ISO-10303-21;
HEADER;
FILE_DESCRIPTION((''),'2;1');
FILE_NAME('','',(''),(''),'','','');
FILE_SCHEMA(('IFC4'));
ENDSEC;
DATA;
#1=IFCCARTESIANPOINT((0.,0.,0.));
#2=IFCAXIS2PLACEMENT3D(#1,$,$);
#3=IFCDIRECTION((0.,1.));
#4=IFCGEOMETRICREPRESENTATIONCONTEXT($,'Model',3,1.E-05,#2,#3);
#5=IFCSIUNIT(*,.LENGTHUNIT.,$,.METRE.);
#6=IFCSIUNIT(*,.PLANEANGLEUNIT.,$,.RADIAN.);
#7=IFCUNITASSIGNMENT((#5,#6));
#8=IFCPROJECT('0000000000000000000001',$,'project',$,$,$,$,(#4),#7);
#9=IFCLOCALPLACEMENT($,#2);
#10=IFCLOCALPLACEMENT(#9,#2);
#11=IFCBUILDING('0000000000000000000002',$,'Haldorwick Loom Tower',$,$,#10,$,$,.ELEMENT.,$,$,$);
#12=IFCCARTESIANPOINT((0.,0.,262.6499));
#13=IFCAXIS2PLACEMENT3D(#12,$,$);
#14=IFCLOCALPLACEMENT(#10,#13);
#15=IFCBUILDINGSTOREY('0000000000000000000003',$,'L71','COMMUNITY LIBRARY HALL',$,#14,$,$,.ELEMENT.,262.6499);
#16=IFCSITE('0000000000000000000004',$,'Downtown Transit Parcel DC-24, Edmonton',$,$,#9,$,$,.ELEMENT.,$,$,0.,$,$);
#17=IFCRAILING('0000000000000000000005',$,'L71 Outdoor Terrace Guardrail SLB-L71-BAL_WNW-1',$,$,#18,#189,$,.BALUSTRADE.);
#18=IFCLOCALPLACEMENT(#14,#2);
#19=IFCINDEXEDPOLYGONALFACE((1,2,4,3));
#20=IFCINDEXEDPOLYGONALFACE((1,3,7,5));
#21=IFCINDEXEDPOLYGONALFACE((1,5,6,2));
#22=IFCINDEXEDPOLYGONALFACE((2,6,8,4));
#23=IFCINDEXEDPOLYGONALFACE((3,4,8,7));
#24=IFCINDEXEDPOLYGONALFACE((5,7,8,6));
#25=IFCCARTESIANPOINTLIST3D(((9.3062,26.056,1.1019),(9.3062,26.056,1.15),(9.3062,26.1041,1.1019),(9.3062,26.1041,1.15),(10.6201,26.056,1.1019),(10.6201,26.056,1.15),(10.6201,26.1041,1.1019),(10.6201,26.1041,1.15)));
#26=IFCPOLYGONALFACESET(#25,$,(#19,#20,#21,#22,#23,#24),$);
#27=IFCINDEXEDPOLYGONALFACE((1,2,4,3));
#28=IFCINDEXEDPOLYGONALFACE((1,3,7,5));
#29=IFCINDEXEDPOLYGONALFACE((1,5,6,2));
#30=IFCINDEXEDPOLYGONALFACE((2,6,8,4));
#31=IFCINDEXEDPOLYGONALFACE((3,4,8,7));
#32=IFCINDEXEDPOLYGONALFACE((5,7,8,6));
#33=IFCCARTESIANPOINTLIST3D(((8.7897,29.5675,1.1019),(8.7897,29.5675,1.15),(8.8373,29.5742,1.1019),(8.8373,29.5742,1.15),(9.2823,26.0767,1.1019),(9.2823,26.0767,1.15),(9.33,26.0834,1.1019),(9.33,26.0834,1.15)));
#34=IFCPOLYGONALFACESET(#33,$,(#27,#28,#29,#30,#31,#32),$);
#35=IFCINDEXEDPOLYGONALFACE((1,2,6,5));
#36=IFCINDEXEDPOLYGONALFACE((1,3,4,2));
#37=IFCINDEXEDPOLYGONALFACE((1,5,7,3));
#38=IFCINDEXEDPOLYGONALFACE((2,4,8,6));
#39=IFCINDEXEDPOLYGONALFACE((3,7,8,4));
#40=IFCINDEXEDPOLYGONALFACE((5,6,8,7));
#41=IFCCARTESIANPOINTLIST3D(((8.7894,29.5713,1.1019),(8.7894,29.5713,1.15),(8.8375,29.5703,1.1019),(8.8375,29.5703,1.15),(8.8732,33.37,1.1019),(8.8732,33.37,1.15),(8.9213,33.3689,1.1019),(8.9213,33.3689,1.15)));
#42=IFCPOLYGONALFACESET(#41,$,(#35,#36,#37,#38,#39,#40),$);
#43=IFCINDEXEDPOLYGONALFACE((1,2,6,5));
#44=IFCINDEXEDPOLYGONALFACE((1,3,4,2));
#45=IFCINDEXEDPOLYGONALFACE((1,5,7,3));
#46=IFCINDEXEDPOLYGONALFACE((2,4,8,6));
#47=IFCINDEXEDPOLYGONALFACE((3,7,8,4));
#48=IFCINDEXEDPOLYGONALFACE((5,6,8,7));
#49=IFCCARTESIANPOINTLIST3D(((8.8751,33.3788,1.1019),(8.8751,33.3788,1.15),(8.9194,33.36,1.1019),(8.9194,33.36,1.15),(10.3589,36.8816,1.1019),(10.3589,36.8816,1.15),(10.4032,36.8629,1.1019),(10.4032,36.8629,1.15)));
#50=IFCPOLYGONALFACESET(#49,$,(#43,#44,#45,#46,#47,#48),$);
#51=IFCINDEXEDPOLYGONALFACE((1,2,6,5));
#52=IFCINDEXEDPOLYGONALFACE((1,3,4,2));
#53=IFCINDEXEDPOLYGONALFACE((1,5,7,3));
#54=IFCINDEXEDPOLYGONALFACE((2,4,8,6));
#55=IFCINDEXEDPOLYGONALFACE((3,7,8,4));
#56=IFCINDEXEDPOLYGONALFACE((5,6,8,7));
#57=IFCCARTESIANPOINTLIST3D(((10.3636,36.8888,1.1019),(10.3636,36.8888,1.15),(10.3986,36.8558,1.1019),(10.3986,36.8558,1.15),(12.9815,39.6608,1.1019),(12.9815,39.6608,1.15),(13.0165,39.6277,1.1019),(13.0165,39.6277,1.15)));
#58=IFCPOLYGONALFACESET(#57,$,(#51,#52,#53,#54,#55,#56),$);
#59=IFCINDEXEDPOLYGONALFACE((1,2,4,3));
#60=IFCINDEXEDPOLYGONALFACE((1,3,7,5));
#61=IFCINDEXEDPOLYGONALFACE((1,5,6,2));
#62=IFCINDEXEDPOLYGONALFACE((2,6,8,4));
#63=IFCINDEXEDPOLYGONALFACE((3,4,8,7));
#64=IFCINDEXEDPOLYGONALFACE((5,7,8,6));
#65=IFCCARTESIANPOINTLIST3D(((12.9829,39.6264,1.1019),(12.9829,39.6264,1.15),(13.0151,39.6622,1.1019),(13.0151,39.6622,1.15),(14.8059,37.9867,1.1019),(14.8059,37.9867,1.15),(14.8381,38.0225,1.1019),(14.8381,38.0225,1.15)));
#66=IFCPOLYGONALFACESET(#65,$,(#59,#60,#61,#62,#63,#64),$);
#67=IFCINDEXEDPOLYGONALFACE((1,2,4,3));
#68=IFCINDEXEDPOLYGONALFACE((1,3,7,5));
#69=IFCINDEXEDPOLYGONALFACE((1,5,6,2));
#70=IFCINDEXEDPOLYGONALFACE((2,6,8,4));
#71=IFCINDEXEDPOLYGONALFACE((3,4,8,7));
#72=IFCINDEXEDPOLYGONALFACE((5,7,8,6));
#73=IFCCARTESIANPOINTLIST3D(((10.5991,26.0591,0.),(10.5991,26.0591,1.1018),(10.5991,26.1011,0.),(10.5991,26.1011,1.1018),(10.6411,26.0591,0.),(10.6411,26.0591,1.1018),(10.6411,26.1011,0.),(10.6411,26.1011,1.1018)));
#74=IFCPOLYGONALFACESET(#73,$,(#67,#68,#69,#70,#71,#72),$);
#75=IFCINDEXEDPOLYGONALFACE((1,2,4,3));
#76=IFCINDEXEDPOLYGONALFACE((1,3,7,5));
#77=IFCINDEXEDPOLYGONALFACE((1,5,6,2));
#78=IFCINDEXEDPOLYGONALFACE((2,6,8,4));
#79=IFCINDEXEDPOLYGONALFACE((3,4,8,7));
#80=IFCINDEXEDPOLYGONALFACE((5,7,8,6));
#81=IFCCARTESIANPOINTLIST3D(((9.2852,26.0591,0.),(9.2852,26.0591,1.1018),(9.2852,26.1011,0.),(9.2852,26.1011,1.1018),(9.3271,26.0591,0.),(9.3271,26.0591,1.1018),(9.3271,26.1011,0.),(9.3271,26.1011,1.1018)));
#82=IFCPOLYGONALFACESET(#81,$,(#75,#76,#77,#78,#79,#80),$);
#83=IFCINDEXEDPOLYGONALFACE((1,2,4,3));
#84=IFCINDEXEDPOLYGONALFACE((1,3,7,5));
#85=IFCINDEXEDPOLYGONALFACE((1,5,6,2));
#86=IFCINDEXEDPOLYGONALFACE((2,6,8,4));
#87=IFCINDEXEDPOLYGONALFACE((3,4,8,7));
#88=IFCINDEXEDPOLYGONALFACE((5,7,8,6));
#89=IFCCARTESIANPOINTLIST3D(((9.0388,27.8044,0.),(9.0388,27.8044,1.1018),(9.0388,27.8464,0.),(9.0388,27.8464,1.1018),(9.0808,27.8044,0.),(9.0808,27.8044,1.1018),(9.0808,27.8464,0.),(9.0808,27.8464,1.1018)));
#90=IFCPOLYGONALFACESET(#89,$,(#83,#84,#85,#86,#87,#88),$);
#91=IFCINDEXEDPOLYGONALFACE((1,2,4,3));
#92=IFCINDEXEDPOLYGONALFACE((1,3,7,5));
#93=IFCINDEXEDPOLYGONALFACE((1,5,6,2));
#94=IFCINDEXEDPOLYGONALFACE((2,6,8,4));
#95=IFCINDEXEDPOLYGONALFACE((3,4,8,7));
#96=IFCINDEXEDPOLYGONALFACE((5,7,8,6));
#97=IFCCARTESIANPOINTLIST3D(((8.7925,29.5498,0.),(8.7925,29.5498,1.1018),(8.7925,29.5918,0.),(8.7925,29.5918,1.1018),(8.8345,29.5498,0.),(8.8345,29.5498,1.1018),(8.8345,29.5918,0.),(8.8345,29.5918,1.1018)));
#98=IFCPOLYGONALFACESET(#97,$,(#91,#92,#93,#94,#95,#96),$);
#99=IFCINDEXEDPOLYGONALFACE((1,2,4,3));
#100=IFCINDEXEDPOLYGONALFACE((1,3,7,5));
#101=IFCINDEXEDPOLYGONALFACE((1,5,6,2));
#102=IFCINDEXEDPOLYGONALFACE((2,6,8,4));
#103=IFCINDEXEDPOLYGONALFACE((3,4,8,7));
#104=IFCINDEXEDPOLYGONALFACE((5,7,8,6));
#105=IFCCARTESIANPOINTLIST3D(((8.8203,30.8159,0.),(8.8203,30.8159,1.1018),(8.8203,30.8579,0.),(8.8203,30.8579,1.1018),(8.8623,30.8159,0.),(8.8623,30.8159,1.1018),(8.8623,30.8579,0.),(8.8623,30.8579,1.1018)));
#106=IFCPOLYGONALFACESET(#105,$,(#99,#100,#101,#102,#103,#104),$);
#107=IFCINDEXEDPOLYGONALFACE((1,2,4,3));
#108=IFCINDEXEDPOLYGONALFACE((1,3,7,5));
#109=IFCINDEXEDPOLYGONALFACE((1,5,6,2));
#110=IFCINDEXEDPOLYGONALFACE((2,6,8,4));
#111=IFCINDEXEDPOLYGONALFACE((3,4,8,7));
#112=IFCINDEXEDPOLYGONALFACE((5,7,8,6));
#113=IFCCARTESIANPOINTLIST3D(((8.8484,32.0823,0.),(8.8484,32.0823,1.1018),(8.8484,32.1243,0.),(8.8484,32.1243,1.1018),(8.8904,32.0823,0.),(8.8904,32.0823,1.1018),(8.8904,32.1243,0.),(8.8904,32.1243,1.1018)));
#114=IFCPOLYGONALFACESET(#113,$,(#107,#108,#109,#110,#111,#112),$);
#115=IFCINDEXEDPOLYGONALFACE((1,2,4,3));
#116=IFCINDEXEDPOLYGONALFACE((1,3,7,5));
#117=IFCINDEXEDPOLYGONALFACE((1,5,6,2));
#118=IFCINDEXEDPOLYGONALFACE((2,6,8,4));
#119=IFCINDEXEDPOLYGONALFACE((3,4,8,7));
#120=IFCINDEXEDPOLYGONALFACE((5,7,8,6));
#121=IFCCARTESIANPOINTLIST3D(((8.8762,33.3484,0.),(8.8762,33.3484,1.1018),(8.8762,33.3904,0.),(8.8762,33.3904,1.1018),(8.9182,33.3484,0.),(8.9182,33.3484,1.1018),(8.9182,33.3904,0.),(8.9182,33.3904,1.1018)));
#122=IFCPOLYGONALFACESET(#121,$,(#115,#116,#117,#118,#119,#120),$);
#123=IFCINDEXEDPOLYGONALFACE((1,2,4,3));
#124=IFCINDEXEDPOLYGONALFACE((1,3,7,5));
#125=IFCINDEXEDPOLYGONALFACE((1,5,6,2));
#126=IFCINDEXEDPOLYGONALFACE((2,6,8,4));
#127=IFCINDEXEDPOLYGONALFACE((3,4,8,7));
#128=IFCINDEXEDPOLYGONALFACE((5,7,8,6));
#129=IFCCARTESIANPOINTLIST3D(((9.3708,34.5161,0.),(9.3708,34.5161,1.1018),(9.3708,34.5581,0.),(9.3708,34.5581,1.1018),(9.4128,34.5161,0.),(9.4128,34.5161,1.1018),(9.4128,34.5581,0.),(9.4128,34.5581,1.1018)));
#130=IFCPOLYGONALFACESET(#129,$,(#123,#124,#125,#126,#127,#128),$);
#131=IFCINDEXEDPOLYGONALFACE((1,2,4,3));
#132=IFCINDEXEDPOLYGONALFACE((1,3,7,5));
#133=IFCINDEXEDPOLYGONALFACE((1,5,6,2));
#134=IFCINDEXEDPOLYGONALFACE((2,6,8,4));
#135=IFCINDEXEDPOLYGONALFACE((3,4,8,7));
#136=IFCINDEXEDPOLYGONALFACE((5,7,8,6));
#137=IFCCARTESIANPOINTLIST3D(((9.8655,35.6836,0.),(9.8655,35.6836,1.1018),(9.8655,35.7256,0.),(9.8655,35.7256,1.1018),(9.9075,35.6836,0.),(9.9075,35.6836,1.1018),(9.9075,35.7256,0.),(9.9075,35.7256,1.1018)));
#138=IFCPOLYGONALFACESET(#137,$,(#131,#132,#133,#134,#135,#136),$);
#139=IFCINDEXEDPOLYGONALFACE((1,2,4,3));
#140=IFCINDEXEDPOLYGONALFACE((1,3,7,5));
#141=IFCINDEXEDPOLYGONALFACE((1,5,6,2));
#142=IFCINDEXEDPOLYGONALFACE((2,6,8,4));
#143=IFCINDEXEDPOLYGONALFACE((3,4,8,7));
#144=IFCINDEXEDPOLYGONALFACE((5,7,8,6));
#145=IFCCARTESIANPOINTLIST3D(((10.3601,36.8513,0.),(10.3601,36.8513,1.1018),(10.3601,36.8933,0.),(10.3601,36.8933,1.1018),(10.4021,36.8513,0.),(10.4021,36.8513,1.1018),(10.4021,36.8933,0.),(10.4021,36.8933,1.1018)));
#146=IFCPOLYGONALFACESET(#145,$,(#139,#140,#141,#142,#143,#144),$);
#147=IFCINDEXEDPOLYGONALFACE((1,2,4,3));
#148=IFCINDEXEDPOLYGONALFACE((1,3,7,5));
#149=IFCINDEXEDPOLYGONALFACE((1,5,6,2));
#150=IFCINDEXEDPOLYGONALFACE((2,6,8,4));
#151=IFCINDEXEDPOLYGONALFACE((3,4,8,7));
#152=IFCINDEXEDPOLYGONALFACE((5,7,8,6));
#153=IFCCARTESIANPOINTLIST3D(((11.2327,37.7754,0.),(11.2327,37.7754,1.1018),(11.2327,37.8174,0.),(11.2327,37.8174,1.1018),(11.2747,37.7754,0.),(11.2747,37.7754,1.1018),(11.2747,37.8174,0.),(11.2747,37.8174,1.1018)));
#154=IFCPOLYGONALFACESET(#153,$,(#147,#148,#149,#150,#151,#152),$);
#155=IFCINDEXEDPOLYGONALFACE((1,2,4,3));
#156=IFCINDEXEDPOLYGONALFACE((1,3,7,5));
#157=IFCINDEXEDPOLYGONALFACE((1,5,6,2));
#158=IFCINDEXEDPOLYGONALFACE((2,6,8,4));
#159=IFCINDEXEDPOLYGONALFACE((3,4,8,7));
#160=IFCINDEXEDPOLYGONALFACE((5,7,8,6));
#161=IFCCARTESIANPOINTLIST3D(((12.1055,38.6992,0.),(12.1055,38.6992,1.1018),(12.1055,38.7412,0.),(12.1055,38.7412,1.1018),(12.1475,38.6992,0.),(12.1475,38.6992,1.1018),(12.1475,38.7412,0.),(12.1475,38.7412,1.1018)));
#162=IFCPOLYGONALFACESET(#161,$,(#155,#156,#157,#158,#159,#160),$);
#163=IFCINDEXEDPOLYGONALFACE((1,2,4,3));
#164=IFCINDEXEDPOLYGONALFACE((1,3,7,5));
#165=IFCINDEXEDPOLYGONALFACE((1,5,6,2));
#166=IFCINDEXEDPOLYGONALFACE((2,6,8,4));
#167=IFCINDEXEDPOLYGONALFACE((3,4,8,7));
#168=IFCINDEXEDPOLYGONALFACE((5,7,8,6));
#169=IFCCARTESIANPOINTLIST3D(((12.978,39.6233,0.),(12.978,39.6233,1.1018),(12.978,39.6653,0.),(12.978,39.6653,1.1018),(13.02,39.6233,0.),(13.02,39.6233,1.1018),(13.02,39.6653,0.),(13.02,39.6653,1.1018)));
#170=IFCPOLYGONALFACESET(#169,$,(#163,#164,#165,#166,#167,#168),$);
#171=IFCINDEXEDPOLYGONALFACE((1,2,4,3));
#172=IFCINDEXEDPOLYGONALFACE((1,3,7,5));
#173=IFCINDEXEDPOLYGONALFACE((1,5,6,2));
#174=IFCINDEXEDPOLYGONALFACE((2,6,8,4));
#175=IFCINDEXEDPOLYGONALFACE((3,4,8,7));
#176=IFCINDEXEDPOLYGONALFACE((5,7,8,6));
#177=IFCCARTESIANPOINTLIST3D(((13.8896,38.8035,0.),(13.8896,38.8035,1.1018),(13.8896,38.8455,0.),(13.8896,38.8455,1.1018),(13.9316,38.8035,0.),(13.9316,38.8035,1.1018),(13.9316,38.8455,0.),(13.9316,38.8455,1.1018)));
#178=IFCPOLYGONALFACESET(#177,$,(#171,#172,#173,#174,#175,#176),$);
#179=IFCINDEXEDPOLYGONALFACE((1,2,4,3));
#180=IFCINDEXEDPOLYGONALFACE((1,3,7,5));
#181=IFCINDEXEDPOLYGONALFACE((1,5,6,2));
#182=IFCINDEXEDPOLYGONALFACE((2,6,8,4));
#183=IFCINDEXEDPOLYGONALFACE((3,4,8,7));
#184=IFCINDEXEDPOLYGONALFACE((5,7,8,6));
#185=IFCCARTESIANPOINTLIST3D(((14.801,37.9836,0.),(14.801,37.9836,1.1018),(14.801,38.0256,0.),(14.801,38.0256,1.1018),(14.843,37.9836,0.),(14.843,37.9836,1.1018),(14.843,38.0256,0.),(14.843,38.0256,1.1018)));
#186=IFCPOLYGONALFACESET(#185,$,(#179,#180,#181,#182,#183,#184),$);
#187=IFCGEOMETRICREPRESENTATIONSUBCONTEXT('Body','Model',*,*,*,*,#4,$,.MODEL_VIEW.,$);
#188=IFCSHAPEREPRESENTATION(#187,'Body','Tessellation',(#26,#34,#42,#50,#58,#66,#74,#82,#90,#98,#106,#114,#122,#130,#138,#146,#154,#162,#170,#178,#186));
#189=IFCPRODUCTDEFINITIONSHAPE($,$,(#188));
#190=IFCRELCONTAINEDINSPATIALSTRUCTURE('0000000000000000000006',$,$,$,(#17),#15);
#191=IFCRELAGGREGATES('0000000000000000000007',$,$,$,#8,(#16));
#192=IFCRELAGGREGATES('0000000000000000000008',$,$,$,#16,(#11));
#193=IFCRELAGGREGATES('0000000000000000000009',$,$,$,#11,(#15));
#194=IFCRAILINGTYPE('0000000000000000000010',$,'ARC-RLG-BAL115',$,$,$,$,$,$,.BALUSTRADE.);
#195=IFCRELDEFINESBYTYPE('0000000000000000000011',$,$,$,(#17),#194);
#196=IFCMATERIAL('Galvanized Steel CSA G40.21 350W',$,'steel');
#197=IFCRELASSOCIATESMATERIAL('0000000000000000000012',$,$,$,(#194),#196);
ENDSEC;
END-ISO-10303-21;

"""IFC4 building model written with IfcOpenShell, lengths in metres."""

from ifc_helpers import new_model, si_unit, direction, frame, origin, origin_2d, place, context, subcontext, project, spatial, rectangle, extrude, material, type_object, element, save


model = new_model("IFC4")

# Units and contexts
model_context = context("Model", 3, precision=1e-05, world=origin(), true_north=direction((0.0, 1.0)))
body_context = subcontext(model_context, "Body", "Model", "MODEL_VIEW")
ifc_project = project(units=[si_unit("LENGTHUNIT", "METRE"), si_unit("PLANEANGLEUNIT", "RADIAN")], contexts=[model_context])

# Site, building, storey
site_placement = place(None, origin())
site = spatial("IfcSite", under=ifc_project, at=site_placement, Name="Downtown Transit Parcel DC-24, Edmonton", CompositionType="ELEMENT", RefElevation=0.0)
building_placement = place(site_placement, origin())
building = spatial("IfcBuilding", under=site, at=building_placement, Name="Haldorwick Loom Tower", CompositionType="ELEMENT")
storey_placement = place(building_placement, frame((0.0, 0.0, 262.6499)))
storey = spatial("IfcBuildingStorey", under=building, at=storey_placement, Name="L71", Description="COMMUNITY LIBRARY HALL", CompositionType="ELEMENT", Elevation=262.6499)

# Railing
ifc_material_1 = material(Name="Galvanized Steel CSA G40.21 350W", Category="steel")
railing_type = type_object("IfcRailingType", Name="ARC-RLG-BAL115", PredefinedType="BALUSTRADE", material=ifc_material_1)
railing_placement = place(storey_placement, frame((10.6201, 26.0801, 0.0)))
element("IfcRailing", 1, at=railing_placement, inside=storey, type_object=railing_type, Name="L71 Outdoor Terrace Guardrail SLB-L71-BAL_WNW-1", PredefinedType="BALUSTRADE", context=body_context, shape_type="SweptSolid", body=[
    extrude(rectangle(XDim=0.0481, YDim=0.0481, at=origin_2d()), frame((0.0, 0.0, 1.126), z_axis=(-1.0, 0.0, 0.0), x_axis=(0.0, -1.0, 0.0)), (0.0, 0.0, 1.0), 1.314),
    extrude(rectangle(XDim=0.0481, YDim=0.0481, at=origin_2d()), frame((-1.314, 0.0, 1.126), z_axis=(-0.139754, 0.990186, 0.0), x_axis=(-0.990186, -0.139754, 0.0)), (0.0, 0.0, 1.0), 3.5254),
    extrude(rectangle(XDim=0.0481, YDim=0.0481, at=origin_2d()), frame((-1.8066, 3.4907, 1.126), z_axis=(0.02204, 0.999757, 0.0), x_axis=(-0.999757, 0.02204, 0.0)), (0.0, 0.0, 1.0), 3.7996),
    extrude(rectangle(XDim=0.0481, YDim=0.0481, at=origin_2d()), frame((-1.7229, 7.2893, 1.126), z_axis=(0.390059, 0.92079, 0.0), x_axis=(-0.92079, 0.390059, 0.0)), (0.0, 0.0, 1.0), 3.8042),
    extrude(rectangle(XDim=0.0481, YDim=0.0481, at=origin_2d()), frame((-0.239, 10.7922, 1.126), z_axis=(0.686616, 0.72702, 0.0), x_axis=(-0.72702, 0.686616, 0.0)), (0.0, 0.0, 1.0), 3.8127),
    extrude(rectangle(XDim=0.0481, YDim=0.0481, at=origin_2d()), frame((2.3789, 13.5642, 1.126), z_axis=(0.743507, -0.668728, 0.0), x_axis=(0.668728, 0.743507, 0.0)), (0.0, 0.0, 1.0), 2.4519),
    extrude(rectangle(XDim=0.042, YDim=0.042, at=origin_2d()), origin(), (0.0, 0.0, 1.0), 1.1018),
    extrude(rectangle(XDim=0.042, YDim=0.042, at=origin_2d()), frame((-1.314, 0.0, 0.0)), (0.0, 0.0, 1.0), 1.1018),
    extrude(rectangle(XDim=0.042, YDim=0.042, at=origin_2d()), frame((-1.5603, 1.7454, 0.0)), (0.0, 0.0, 1.0), 1.1018),
    extrude(rectangle(XDim=0.042, YDim=0.042, at=origin_2d()), frame((-1.8066, 3.4907, 0.0)), (0.0, 0.0, 1.0), 1.1018),
    extrude(rectangle(XDim=0.042, YDim=0.042, at=origin_2d()), frame((-1.7788, 4.7568, 0.0)), (0.0, 0.0, 1.0), 1.1018),
    extrude(rectangle(XDim=0.042, YDim=0.042, at=origin_2d()), frame((-1.7507, 6.0232, 0.0)), (0.0, 0.0, 1.0), 1.1018),
    extrude(rectangle(XDim=0.042, YDim=0.042, at=origin_2d()), frame((-1.7229, 7.2893, 0.0)), (0.0, 0.0, 1.0), 1.1018),
    extrude(rectangle(XDim=0.042, YDim=0.042, at=origin_2d()), frame((-1.2283, 8.457, 0.0)), (0.0, 0.0, 1.0), 1.1018),
    extrude(rectangle(XDim=0.042, YDim=0.042, at=origin_2d()), frame((-0.7336, 9.6245, 0.0)), (0.0, 0.0, 1.0), 1.1018),
    extrude(rectangle(XDim=0.042, YDim=0.042, at=origin_2d()), frame((-0.239, 10.7922, 0.0)), (0.0, 0.0, 1.0), 1.1018),
    extrude(rectangle(XDim=0.042, YDim=0.042, at=origin_2d()), frame((0.6335, 11.7163, 0.0)), (0.0, 0.0, 1.0), 1.1018),
    extrude(rectangle(XDim=0.042, YDim=0.042, at=origin_2d()), frame((1.5063, 12.6401, 0.0)), (0.0, 0.0, 1.0), 1.1018),
    extrude(rectangle(XDim=0.042, YDim=0.042, at=origin_2d()), frame((2.3789, 13.5642, 0.0)), (0.0, 0.0, 1.0), 1.1018),
    extrude(rectangle(XDim=0.042, YDim=0.042, at=origin_2d()), frame((3.2905, 12.7444, 0.0)), (0.0, 0.0, 1.0), 1.1018),
    extrude(rectangle(XDim=0.042, YDim=0.042, at=origin_2d()), frame((4.2019, 11.9246, 0.0)), (0.0, 0.0, 1.0), 1.1018),
])

save(model, "model.ifc")
